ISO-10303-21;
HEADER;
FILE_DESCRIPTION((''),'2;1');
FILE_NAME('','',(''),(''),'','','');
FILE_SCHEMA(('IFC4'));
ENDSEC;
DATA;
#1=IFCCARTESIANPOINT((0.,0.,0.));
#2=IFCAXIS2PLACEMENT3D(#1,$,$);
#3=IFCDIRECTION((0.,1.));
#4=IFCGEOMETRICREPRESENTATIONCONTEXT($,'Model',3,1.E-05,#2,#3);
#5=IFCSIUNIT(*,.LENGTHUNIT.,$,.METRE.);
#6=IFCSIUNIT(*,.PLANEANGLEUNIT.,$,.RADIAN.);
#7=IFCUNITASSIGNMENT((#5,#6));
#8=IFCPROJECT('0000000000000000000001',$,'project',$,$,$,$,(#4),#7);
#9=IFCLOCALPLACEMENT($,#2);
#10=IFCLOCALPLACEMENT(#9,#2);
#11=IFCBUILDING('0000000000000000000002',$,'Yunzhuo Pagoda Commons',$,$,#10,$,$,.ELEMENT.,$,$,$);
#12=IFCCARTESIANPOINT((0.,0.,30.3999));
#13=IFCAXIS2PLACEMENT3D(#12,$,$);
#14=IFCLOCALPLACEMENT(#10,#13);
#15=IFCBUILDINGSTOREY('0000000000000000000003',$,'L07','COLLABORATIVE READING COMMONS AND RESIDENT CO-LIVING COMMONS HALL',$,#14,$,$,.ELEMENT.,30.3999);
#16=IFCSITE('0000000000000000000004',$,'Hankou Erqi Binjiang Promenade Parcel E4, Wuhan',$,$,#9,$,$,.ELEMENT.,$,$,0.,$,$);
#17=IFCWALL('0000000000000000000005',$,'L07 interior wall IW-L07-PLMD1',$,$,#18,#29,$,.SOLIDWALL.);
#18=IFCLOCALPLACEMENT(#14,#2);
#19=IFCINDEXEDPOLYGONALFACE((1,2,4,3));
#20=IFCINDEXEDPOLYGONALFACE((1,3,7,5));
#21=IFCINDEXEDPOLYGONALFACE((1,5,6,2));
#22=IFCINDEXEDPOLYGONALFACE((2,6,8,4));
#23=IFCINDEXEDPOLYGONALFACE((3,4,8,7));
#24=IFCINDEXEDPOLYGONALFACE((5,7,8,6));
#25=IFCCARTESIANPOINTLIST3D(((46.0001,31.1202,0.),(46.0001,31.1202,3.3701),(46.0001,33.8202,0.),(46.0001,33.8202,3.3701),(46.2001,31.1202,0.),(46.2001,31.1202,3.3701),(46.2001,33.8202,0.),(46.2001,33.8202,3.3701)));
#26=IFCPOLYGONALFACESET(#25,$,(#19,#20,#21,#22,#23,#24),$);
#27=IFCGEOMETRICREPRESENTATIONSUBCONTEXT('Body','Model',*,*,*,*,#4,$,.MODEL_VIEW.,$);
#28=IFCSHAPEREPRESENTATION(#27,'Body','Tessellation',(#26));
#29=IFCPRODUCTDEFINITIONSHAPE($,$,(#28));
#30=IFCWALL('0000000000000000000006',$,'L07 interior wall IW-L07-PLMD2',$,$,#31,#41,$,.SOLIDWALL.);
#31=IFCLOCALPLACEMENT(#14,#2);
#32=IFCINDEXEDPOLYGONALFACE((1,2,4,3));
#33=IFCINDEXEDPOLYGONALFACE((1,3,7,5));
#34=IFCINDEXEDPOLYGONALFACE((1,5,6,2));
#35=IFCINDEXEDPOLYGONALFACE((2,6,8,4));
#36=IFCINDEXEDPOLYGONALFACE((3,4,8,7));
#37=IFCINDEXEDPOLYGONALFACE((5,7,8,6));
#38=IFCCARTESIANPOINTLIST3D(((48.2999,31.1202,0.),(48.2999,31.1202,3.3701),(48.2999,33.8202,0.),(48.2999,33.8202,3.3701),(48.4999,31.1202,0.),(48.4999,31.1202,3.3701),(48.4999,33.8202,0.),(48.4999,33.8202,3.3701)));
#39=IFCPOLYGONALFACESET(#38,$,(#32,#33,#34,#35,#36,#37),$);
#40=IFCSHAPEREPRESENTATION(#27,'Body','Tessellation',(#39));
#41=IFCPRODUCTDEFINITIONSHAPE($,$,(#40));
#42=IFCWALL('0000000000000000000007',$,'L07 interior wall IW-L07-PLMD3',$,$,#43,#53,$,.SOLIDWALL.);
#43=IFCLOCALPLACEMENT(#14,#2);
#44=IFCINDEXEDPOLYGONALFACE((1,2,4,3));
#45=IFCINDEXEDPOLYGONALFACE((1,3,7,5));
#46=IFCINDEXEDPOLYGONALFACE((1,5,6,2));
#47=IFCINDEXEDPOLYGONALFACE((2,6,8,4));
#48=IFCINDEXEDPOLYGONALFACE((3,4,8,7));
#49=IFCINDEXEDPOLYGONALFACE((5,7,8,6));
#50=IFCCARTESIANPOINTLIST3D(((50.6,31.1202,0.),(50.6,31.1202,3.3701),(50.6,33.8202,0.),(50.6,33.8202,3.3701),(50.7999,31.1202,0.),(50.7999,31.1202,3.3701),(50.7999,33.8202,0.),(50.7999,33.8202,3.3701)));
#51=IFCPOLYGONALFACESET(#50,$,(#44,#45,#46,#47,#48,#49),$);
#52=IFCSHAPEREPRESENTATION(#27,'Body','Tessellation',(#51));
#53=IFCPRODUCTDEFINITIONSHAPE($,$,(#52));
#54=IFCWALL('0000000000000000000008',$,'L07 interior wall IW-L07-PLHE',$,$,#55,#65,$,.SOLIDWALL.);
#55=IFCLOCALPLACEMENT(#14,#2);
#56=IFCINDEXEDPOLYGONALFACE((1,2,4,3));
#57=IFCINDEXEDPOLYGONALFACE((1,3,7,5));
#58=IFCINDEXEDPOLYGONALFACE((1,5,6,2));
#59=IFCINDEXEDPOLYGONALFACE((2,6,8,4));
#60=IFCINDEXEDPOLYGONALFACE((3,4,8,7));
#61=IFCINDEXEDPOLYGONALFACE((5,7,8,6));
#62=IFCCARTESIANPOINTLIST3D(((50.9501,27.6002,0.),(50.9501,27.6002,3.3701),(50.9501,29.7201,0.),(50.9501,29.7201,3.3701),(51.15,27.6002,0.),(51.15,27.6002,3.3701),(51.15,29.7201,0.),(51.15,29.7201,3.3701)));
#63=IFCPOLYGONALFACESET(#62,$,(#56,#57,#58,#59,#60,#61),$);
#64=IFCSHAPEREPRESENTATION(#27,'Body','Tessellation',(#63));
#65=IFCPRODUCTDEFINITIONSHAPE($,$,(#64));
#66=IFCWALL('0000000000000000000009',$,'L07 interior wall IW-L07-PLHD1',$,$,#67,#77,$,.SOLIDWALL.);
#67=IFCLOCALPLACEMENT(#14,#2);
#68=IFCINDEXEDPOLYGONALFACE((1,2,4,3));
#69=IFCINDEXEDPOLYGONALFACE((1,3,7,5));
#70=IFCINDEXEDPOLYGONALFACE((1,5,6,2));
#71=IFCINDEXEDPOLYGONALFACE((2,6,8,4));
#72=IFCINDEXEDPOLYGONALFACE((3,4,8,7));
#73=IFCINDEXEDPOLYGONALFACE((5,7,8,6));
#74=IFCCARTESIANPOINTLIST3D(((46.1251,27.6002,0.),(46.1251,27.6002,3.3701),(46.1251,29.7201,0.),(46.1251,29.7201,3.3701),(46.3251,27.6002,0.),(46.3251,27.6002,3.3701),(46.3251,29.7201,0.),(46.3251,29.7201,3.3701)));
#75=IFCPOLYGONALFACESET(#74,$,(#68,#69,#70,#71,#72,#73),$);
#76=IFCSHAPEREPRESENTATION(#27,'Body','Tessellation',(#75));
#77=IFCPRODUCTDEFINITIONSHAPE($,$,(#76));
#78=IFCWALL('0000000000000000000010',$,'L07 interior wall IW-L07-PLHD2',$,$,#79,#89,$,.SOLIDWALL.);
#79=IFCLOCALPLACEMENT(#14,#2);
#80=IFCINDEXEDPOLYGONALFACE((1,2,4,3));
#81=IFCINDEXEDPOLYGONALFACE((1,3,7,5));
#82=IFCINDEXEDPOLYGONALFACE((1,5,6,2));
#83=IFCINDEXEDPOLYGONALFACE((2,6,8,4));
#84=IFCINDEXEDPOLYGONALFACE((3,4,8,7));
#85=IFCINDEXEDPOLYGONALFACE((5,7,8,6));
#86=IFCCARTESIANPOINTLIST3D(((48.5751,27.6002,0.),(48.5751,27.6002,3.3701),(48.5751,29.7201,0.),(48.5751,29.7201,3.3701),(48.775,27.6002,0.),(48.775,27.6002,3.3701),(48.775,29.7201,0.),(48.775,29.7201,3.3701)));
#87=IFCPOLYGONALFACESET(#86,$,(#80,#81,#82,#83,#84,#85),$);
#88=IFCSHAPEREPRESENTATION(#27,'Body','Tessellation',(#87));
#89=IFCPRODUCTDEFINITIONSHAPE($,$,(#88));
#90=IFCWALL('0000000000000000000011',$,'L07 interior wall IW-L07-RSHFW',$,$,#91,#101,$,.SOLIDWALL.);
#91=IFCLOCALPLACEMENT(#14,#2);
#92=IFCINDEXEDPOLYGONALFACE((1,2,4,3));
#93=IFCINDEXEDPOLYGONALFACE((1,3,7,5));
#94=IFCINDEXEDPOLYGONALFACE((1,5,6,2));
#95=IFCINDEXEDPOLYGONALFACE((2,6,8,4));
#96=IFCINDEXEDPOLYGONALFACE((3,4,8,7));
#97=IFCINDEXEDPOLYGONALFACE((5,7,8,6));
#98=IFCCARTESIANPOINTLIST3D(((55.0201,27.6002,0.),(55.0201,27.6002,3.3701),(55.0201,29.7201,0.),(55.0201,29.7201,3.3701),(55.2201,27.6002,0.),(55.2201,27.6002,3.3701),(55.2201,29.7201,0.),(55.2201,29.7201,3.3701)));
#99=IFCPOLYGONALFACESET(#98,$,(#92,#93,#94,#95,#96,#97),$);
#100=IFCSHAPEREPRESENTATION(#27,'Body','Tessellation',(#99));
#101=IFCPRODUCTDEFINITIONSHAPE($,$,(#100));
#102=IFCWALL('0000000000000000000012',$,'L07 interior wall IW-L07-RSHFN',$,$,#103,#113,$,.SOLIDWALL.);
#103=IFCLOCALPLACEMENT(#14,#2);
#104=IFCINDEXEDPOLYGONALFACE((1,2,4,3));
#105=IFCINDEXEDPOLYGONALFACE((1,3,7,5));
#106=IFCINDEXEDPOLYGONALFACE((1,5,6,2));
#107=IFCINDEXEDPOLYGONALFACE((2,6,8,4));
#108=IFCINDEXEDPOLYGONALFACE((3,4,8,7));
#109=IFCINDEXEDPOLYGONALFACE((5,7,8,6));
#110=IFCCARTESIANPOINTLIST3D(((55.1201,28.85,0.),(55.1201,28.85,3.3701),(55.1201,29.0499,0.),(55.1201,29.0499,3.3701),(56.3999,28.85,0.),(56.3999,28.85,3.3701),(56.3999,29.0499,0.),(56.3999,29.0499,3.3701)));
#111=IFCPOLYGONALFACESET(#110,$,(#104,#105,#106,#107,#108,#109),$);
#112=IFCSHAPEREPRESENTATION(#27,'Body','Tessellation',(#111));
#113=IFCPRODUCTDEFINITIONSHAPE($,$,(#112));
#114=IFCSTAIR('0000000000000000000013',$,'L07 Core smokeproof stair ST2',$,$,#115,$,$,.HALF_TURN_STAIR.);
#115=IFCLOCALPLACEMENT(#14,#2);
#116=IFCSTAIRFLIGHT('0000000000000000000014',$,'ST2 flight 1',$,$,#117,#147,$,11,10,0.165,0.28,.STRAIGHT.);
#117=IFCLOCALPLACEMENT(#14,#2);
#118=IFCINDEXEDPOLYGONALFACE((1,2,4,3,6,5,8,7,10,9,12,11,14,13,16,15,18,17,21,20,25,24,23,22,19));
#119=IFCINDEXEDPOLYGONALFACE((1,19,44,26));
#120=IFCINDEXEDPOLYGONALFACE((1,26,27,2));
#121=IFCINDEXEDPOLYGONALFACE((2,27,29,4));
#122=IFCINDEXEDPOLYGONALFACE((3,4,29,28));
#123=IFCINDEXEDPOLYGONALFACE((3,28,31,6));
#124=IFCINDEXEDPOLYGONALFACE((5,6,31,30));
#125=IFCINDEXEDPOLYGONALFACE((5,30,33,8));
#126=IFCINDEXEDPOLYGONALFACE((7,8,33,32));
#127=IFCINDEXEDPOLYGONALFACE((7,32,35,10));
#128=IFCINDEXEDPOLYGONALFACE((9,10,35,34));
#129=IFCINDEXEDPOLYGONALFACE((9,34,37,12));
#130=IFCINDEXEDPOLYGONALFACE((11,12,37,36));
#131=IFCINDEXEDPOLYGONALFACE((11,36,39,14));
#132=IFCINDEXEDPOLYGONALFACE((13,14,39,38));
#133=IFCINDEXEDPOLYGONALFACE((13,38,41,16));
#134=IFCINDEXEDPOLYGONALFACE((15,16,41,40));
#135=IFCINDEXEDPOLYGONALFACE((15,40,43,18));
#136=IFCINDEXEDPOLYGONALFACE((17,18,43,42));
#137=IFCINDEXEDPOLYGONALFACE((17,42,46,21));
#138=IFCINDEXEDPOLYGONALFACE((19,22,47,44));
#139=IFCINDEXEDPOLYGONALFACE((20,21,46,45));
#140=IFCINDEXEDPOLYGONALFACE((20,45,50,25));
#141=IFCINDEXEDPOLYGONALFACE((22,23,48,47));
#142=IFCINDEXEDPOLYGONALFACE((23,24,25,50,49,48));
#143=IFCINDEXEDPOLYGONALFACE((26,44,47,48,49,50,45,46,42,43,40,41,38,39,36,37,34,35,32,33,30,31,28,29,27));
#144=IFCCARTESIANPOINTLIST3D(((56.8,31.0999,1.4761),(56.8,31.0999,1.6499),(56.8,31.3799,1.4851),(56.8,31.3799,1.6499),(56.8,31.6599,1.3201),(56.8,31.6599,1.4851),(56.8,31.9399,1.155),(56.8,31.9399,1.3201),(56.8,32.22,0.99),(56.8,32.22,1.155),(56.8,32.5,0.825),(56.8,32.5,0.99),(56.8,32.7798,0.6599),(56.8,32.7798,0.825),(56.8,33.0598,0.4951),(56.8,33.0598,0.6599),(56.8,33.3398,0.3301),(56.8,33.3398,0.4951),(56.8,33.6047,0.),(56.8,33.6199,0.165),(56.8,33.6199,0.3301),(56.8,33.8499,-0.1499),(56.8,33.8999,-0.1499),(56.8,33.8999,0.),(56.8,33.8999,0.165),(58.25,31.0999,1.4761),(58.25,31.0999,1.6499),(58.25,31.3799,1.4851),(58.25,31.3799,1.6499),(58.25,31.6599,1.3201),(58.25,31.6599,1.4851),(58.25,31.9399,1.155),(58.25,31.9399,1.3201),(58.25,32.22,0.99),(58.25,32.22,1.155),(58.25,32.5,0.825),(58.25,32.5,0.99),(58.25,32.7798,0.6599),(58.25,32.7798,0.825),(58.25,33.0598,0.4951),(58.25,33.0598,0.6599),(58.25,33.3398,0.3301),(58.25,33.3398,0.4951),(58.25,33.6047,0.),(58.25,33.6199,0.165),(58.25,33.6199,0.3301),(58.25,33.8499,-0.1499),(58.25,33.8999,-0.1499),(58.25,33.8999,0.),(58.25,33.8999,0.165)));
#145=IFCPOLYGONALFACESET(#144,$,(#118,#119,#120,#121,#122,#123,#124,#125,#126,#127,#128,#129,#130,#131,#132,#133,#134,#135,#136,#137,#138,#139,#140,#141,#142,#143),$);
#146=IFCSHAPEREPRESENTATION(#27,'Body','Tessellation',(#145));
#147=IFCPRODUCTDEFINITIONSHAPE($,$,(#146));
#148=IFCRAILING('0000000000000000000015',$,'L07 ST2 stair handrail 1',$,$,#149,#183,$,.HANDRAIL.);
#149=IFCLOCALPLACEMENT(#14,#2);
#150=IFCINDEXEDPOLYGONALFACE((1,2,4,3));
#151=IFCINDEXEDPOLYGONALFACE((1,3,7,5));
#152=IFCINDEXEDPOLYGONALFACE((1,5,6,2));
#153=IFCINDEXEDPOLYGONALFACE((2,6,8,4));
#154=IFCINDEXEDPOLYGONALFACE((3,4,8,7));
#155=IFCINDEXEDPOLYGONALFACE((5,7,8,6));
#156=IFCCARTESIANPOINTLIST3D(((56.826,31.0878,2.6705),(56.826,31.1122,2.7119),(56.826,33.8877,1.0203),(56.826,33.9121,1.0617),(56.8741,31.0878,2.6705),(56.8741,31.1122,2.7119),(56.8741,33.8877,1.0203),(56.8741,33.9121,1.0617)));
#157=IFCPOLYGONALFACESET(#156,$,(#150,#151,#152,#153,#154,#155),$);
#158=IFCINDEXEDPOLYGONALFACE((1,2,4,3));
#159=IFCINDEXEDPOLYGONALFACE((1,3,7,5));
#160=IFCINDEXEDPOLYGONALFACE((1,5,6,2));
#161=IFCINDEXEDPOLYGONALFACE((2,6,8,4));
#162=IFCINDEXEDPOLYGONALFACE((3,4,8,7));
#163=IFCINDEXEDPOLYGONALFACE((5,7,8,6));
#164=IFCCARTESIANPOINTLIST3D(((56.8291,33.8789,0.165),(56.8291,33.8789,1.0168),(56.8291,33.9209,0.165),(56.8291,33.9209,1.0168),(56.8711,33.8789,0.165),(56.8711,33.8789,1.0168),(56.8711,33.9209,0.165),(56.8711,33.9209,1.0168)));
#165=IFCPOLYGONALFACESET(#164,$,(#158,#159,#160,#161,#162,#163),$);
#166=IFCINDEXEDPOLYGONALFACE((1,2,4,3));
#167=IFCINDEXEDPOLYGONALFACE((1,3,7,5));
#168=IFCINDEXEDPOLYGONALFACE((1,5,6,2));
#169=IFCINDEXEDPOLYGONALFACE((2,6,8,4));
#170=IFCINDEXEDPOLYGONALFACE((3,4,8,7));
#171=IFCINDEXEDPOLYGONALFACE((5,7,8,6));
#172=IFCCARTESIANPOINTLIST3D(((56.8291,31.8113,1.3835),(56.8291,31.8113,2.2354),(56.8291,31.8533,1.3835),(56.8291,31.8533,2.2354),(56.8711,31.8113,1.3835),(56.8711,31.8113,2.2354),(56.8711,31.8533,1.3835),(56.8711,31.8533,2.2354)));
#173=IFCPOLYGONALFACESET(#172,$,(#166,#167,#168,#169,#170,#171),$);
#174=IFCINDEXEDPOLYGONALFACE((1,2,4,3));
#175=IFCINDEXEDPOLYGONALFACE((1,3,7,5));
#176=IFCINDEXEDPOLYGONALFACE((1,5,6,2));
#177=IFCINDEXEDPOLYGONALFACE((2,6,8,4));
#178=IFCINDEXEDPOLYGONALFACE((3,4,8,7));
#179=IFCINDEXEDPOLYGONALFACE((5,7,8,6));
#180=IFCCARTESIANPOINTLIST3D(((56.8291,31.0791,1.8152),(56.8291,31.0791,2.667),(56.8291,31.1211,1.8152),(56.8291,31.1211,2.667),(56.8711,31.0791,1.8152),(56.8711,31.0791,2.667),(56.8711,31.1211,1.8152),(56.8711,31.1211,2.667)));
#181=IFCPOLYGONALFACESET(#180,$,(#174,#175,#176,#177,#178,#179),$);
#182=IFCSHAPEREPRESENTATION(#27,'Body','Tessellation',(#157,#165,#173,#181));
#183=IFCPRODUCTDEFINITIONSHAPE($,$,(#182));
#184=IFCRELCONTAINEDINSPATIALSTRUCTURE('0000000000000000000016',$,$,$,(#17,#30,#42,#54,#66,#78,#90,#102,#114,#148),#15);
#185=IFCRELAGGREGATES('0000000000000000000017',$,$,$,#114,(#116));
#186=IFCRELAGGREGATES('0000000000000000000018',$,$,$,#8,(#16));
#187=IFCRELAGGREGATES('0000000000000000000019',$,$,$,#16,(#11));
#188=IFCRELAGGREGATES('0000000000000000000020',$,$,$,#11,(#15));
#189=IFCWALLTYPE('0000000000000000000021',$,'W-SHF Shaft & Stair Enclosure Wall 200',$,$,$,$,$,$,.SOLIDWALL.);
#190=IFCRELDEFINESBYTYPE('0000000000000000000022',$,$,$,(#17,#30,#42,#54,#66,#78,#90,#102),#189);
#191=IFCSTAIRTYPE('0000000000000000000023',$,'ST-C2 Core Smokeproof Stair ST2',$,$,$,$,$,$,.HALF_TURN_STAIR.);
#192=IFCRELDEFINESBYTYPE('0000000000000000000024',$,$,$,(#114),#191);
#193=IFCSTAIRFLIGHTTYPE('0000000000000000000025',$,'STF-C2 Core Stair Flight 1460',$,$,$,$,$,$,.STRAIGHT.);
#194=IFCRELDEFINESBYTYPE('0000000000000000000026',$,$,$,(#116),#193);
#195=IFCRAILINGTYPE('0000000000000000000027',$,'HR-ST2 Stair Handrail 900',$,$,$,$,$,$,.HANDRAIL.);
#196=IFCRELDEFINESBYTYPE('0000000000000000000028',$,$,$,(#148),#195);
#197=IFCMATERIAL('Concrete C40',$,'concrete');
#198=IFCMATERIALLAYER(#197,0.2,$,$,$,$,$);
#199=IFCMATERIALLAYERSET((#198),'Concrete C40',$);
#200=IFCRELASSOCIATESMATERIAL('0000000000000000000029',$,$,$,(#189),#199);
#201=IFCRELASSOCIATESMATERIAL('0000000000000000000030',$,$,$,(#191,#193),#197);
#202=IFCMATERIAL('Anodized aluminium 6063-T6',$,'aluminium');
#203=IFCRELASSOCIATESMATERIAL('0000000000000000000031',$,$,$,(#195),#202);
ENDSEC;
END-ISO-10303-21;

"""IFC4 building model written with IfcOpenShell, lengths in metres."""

from ifc_helpers import new_model, si_unit, direction, frame, frame_2d, origin, origin_2d, place, context, subcontext, project, spatial, polyline, rectangle, outline, extrude, source, transform, mapped, material, layer, layer_set, type_object, element, aggregate, save


model = new_model("IFC4")

# Units and contexts
model_context = context("Model", 3, precision=1e-05, world=origin(), true_north=direction((0.0, 1.0)))
body_context = subcontext(model_context, "Body", "Model", "MODEL_VIEW")
ifc_project = project(units=[si_unit("LENGTHUNIT", "METRE"), si_unit("PLANEANGLEUNIT", "RADIAN")], contexts=[model_context])

# Site, building, storey
site_placement = place(None, origin())
site = spatial("IfcSite", under=ifc_project, at=site_placement, Name="Hankou Erqi Binjiang Promenade Parcel E4, Wuhan", CompositionType="ELEMENT", RefElevation=0.0)
building_placement = place(site_placement, origin())
building = spatial("IfcBuilding", under=site, at=building_placement, Name="Yunzhuo Pagoda Commons", CompositionType="ELEMENT")
storey_placement = place(building_placement, frame((0.0, 0.0, 30.3999)))
storey = spatial("IfcBuildingStorey", under=building, at=storey_placement, Name="L07", Description="COLLABORATIVE READING COMMONS AND RESIDENT CO-LIVING COMMONS HALL", CompositionType="ELEMENT", Elevation=30.3999)

# Shared definitions
ifc_material_1 = material(Name="Concrete C40", Category="concrete")
ifc_layer_1 = layer(ifc_material_1, 0.2)
ifc_layer_set_1 = layer_set([ifc_layer_1], Name="Concrete C40")
wall_type_1 = type_object("IfcWallType", Name="W-SHF Shaft & Stair Enclosure Wall 200", PredefinedType="SOLIDWALL", material=ifc_layer_set_1)

# Walls
for number, where, z_axis, x_axis, name in (
    (1, (46.1001, 31.1201, 0.0), (0.0, 0.0, 1.0), (0.0, 1.0, 0.0), "L07 interior wall IW-L07-PLMD1"),
    (2, (48.3999, 31.1201, 0.0), (0.0, 0.0, 1.0), (0.0, 1.0, 0.0), "L07 interior wall IW-L07-PLMD2"),
    (3, (50.7, 31.1201, 0.0), (0.0, 0.0, 1.0), (0.0, 1.0, 0.0), "L07 interior wall IW-L07-PLMD3"),
):
    element("IfcWall", number, at=place(storey_placement, frame(where, z_axis=z_axis, x_axis=x_axis)), inside=storey, type_object=wall_type_1, Name=name, PredefinedType="SOLIDWALL", context=body_context, shape_type="SweptSolid", body=[
        extrude(rectangle(XDim=2.7, YDim=0.2, at=frame_2d((1.3501, 0.0))), origin(), (0.0, 0.0, 1.0), 3.3701),
    ])
for number, where, z_axis, x_axis, name in (
    (4, (51.05, 27.6001, 0.0), (0.0, 0.0, 1.0), (0.0, 1.0, 0.0), "L07 interior wall IW-L07-PLHE"),
    (5, (46.2251, 27.6001, 0.0), (0.0, 0.0, 1.0), (0.0, 1.0, 0.0), "L07 interior wall IW-L07-PLHD1"),
    (6, (48.675, 27.6001, 0.0), (0.0, 0.0, 1.0), (0.0, 1.0, 0.0), "L07 interior wall IW-L07-PLHD2"),
    (7, (55.1201, 27.6001, 0.0), (0.0, 0.0, 1.0), (0.0, 1.0, 0.0), "L07 interior wall IW-L07-RSHFW"),
):
    element("IfcWall", number, at=place(storey_placement, frame(where, z_axis=z_axis, x_axis=x_axis)), inside=storey, type_object=wall_type_1, Name=name, PredefinedType="SOLIDWALL", context=body_context, shape_type="SweptSolid", body=[
        extrude(rectangle(XDim=2.1199, YDim=0.2, at=frame_2d((1.0601, 0.0))), origin(), (0.0, 0.0, 1.0), 3.3701),
    ])
wall_1_placement = place(storey_placement, frame((55.1201, 28.95, 0.0), z_axis=(0.0, 0.0, 1.0), x_axis=(1.0, 0.0, 0.0)))
element("IfcWall", 8, at=wall_1_placement, inside=storey, type_object=wall_type_1, Name="L07 interior wall IW-L07-RSHFN", PredefinedType="SOLIDWALL", context=body_context, shape_type="SweptSolid", body=[
    extrude(rectangle(XDim=1.2798, YDim=0.2, at=frame_2d((0.6399, 0.0))), origin(), (0.0, 0.0, 1.0), 3.3701),
])

# Stair, stair flight
stair_type = type_object("IfcStairType", Name="ST-C2 Core Smokeproof Stair ST2", PredefinedType="HALF_TURN_STAIR", material=ifc_material_1)
stair_placement = place(storey_placement, origin())
stair = element("IfcStair", 9, at=stair_placement, inside=storey, type_object=stair_type, Name="L07 Core smokeproof stair ST2", PredefinedType="HALF_TURN_STAIR")
stair_flight_type = type_object("IfcStairFlightType", Name="STF-C2 Core Stair Flight 1460", PredefinedType="STRAIGHT", material=ifc_material_1)
shared_shape_1 = source(origin(), body_context, "Body", "SweptSolid", [
    extrude(outline(polyline([(0.0, -0.1499), (0.0, 0.0), (0.0, 0.165), (0.28, 0.165), (0.28, 0.3301), (0.5601, 0.3301), (0.5601, 0.4951), (0.8401, 0.4951), (0.8401, 0.6599), (1.1201, 0.6599), (1.1201, 0.825), (1.3999, 0.825), (1.3999, 0.99), (1.6799, 0.99), (1.6799, 1.155), (1.96, 1.155), (1.96, 1.3201), (2.24, 1.3201), (2.24, 1.4851), (2.52, 1.4851), (2.52, 1.6499), (2.8, 1.6499), (2.8, 1.8149), (2.8, 1.4761), (0.2952, 0.0), (0.05, -0.1499), (0.0, -0.1499)])), frame((0.0, 0.7251, 0.0), z_axis=(0.0, -1.0, 0.0), x_axis=(1.0, 0.0, 0.0)), (0.0, 0.0, 1.0), 1.45),
])
stair_flight_placement = place(storey_placement, frame((57.5249, 33.8999, 0.0), z_axis=(0.0, 0.0, 1.0), x_axis=(0.0, -1.0, 0.0)))
stair_flight = element("IfcStairFlight", 10, at=stair_flight_placement, type_object=stair_flight_type, Name="ST2 flight 1", NumberOfRisers=11, NumberOfTreads=10, PredefinedType="STRAIGHT", RiserHeight=0.165, TreadLength=0.28, context=body_context, shape_type="MappedRepresentation", body=[
    mapped(shared_shape_1, transform((0.0, 0.0, 0.0), scale=1.0)),
])
aggregate(stair, [stair_flight])

# Railing
ifc_material_2 = material(Name="Anodized aluminium 6063-T6", Category="aluminium")
railing_type = type_object("IfcRailingType", Name="HR-ST2 Stair Handrail 900", PredefinedType="HANDRAIL", material=ifc_material_2)
railing_placement = place(storey_placement, frame((56.8501, 33.8999, 0.165)))
element("IfcRailing", 11, at=railing_placement, inside=storey, type_object=railing_type, Name="L07 ST2 stair handrail 1", PredefinedType="HANDRAIL", context=body_context, shape_type="SweptSolid", body=[
    extrude(rectangle(XDim=0.0481, YDim=0.0481, at=origin_2d()), frame((0.0, 0.0, 0.876), z_axis=(0.0, -0.861503, 0.507752), x_axis=(1.0, 0.0, 0.0)), (0.0, 0.0, 1.0), 3.25),
    extrude(rectangle(XDim=0.042, YDim=0.042, at=origin_2d()), origin(), (0.0, 0.0, 1.0), 0.8518),
    extrude(rectangle(XDim=0.042, YDim=0.042, at=origin_2d()), frame((0.0, -2.0676, 1.2185)), (0.0, 0.0, 1.0), 0.8518),
    extrude(rectangle(XDim=0.042, YDim=0.042, at=origin_2d()), frame((0.0, -2.7998, 1.6501)), (0.0, 0.0, 1.0), 0.8518),
])

save(model, "model.ifc")
